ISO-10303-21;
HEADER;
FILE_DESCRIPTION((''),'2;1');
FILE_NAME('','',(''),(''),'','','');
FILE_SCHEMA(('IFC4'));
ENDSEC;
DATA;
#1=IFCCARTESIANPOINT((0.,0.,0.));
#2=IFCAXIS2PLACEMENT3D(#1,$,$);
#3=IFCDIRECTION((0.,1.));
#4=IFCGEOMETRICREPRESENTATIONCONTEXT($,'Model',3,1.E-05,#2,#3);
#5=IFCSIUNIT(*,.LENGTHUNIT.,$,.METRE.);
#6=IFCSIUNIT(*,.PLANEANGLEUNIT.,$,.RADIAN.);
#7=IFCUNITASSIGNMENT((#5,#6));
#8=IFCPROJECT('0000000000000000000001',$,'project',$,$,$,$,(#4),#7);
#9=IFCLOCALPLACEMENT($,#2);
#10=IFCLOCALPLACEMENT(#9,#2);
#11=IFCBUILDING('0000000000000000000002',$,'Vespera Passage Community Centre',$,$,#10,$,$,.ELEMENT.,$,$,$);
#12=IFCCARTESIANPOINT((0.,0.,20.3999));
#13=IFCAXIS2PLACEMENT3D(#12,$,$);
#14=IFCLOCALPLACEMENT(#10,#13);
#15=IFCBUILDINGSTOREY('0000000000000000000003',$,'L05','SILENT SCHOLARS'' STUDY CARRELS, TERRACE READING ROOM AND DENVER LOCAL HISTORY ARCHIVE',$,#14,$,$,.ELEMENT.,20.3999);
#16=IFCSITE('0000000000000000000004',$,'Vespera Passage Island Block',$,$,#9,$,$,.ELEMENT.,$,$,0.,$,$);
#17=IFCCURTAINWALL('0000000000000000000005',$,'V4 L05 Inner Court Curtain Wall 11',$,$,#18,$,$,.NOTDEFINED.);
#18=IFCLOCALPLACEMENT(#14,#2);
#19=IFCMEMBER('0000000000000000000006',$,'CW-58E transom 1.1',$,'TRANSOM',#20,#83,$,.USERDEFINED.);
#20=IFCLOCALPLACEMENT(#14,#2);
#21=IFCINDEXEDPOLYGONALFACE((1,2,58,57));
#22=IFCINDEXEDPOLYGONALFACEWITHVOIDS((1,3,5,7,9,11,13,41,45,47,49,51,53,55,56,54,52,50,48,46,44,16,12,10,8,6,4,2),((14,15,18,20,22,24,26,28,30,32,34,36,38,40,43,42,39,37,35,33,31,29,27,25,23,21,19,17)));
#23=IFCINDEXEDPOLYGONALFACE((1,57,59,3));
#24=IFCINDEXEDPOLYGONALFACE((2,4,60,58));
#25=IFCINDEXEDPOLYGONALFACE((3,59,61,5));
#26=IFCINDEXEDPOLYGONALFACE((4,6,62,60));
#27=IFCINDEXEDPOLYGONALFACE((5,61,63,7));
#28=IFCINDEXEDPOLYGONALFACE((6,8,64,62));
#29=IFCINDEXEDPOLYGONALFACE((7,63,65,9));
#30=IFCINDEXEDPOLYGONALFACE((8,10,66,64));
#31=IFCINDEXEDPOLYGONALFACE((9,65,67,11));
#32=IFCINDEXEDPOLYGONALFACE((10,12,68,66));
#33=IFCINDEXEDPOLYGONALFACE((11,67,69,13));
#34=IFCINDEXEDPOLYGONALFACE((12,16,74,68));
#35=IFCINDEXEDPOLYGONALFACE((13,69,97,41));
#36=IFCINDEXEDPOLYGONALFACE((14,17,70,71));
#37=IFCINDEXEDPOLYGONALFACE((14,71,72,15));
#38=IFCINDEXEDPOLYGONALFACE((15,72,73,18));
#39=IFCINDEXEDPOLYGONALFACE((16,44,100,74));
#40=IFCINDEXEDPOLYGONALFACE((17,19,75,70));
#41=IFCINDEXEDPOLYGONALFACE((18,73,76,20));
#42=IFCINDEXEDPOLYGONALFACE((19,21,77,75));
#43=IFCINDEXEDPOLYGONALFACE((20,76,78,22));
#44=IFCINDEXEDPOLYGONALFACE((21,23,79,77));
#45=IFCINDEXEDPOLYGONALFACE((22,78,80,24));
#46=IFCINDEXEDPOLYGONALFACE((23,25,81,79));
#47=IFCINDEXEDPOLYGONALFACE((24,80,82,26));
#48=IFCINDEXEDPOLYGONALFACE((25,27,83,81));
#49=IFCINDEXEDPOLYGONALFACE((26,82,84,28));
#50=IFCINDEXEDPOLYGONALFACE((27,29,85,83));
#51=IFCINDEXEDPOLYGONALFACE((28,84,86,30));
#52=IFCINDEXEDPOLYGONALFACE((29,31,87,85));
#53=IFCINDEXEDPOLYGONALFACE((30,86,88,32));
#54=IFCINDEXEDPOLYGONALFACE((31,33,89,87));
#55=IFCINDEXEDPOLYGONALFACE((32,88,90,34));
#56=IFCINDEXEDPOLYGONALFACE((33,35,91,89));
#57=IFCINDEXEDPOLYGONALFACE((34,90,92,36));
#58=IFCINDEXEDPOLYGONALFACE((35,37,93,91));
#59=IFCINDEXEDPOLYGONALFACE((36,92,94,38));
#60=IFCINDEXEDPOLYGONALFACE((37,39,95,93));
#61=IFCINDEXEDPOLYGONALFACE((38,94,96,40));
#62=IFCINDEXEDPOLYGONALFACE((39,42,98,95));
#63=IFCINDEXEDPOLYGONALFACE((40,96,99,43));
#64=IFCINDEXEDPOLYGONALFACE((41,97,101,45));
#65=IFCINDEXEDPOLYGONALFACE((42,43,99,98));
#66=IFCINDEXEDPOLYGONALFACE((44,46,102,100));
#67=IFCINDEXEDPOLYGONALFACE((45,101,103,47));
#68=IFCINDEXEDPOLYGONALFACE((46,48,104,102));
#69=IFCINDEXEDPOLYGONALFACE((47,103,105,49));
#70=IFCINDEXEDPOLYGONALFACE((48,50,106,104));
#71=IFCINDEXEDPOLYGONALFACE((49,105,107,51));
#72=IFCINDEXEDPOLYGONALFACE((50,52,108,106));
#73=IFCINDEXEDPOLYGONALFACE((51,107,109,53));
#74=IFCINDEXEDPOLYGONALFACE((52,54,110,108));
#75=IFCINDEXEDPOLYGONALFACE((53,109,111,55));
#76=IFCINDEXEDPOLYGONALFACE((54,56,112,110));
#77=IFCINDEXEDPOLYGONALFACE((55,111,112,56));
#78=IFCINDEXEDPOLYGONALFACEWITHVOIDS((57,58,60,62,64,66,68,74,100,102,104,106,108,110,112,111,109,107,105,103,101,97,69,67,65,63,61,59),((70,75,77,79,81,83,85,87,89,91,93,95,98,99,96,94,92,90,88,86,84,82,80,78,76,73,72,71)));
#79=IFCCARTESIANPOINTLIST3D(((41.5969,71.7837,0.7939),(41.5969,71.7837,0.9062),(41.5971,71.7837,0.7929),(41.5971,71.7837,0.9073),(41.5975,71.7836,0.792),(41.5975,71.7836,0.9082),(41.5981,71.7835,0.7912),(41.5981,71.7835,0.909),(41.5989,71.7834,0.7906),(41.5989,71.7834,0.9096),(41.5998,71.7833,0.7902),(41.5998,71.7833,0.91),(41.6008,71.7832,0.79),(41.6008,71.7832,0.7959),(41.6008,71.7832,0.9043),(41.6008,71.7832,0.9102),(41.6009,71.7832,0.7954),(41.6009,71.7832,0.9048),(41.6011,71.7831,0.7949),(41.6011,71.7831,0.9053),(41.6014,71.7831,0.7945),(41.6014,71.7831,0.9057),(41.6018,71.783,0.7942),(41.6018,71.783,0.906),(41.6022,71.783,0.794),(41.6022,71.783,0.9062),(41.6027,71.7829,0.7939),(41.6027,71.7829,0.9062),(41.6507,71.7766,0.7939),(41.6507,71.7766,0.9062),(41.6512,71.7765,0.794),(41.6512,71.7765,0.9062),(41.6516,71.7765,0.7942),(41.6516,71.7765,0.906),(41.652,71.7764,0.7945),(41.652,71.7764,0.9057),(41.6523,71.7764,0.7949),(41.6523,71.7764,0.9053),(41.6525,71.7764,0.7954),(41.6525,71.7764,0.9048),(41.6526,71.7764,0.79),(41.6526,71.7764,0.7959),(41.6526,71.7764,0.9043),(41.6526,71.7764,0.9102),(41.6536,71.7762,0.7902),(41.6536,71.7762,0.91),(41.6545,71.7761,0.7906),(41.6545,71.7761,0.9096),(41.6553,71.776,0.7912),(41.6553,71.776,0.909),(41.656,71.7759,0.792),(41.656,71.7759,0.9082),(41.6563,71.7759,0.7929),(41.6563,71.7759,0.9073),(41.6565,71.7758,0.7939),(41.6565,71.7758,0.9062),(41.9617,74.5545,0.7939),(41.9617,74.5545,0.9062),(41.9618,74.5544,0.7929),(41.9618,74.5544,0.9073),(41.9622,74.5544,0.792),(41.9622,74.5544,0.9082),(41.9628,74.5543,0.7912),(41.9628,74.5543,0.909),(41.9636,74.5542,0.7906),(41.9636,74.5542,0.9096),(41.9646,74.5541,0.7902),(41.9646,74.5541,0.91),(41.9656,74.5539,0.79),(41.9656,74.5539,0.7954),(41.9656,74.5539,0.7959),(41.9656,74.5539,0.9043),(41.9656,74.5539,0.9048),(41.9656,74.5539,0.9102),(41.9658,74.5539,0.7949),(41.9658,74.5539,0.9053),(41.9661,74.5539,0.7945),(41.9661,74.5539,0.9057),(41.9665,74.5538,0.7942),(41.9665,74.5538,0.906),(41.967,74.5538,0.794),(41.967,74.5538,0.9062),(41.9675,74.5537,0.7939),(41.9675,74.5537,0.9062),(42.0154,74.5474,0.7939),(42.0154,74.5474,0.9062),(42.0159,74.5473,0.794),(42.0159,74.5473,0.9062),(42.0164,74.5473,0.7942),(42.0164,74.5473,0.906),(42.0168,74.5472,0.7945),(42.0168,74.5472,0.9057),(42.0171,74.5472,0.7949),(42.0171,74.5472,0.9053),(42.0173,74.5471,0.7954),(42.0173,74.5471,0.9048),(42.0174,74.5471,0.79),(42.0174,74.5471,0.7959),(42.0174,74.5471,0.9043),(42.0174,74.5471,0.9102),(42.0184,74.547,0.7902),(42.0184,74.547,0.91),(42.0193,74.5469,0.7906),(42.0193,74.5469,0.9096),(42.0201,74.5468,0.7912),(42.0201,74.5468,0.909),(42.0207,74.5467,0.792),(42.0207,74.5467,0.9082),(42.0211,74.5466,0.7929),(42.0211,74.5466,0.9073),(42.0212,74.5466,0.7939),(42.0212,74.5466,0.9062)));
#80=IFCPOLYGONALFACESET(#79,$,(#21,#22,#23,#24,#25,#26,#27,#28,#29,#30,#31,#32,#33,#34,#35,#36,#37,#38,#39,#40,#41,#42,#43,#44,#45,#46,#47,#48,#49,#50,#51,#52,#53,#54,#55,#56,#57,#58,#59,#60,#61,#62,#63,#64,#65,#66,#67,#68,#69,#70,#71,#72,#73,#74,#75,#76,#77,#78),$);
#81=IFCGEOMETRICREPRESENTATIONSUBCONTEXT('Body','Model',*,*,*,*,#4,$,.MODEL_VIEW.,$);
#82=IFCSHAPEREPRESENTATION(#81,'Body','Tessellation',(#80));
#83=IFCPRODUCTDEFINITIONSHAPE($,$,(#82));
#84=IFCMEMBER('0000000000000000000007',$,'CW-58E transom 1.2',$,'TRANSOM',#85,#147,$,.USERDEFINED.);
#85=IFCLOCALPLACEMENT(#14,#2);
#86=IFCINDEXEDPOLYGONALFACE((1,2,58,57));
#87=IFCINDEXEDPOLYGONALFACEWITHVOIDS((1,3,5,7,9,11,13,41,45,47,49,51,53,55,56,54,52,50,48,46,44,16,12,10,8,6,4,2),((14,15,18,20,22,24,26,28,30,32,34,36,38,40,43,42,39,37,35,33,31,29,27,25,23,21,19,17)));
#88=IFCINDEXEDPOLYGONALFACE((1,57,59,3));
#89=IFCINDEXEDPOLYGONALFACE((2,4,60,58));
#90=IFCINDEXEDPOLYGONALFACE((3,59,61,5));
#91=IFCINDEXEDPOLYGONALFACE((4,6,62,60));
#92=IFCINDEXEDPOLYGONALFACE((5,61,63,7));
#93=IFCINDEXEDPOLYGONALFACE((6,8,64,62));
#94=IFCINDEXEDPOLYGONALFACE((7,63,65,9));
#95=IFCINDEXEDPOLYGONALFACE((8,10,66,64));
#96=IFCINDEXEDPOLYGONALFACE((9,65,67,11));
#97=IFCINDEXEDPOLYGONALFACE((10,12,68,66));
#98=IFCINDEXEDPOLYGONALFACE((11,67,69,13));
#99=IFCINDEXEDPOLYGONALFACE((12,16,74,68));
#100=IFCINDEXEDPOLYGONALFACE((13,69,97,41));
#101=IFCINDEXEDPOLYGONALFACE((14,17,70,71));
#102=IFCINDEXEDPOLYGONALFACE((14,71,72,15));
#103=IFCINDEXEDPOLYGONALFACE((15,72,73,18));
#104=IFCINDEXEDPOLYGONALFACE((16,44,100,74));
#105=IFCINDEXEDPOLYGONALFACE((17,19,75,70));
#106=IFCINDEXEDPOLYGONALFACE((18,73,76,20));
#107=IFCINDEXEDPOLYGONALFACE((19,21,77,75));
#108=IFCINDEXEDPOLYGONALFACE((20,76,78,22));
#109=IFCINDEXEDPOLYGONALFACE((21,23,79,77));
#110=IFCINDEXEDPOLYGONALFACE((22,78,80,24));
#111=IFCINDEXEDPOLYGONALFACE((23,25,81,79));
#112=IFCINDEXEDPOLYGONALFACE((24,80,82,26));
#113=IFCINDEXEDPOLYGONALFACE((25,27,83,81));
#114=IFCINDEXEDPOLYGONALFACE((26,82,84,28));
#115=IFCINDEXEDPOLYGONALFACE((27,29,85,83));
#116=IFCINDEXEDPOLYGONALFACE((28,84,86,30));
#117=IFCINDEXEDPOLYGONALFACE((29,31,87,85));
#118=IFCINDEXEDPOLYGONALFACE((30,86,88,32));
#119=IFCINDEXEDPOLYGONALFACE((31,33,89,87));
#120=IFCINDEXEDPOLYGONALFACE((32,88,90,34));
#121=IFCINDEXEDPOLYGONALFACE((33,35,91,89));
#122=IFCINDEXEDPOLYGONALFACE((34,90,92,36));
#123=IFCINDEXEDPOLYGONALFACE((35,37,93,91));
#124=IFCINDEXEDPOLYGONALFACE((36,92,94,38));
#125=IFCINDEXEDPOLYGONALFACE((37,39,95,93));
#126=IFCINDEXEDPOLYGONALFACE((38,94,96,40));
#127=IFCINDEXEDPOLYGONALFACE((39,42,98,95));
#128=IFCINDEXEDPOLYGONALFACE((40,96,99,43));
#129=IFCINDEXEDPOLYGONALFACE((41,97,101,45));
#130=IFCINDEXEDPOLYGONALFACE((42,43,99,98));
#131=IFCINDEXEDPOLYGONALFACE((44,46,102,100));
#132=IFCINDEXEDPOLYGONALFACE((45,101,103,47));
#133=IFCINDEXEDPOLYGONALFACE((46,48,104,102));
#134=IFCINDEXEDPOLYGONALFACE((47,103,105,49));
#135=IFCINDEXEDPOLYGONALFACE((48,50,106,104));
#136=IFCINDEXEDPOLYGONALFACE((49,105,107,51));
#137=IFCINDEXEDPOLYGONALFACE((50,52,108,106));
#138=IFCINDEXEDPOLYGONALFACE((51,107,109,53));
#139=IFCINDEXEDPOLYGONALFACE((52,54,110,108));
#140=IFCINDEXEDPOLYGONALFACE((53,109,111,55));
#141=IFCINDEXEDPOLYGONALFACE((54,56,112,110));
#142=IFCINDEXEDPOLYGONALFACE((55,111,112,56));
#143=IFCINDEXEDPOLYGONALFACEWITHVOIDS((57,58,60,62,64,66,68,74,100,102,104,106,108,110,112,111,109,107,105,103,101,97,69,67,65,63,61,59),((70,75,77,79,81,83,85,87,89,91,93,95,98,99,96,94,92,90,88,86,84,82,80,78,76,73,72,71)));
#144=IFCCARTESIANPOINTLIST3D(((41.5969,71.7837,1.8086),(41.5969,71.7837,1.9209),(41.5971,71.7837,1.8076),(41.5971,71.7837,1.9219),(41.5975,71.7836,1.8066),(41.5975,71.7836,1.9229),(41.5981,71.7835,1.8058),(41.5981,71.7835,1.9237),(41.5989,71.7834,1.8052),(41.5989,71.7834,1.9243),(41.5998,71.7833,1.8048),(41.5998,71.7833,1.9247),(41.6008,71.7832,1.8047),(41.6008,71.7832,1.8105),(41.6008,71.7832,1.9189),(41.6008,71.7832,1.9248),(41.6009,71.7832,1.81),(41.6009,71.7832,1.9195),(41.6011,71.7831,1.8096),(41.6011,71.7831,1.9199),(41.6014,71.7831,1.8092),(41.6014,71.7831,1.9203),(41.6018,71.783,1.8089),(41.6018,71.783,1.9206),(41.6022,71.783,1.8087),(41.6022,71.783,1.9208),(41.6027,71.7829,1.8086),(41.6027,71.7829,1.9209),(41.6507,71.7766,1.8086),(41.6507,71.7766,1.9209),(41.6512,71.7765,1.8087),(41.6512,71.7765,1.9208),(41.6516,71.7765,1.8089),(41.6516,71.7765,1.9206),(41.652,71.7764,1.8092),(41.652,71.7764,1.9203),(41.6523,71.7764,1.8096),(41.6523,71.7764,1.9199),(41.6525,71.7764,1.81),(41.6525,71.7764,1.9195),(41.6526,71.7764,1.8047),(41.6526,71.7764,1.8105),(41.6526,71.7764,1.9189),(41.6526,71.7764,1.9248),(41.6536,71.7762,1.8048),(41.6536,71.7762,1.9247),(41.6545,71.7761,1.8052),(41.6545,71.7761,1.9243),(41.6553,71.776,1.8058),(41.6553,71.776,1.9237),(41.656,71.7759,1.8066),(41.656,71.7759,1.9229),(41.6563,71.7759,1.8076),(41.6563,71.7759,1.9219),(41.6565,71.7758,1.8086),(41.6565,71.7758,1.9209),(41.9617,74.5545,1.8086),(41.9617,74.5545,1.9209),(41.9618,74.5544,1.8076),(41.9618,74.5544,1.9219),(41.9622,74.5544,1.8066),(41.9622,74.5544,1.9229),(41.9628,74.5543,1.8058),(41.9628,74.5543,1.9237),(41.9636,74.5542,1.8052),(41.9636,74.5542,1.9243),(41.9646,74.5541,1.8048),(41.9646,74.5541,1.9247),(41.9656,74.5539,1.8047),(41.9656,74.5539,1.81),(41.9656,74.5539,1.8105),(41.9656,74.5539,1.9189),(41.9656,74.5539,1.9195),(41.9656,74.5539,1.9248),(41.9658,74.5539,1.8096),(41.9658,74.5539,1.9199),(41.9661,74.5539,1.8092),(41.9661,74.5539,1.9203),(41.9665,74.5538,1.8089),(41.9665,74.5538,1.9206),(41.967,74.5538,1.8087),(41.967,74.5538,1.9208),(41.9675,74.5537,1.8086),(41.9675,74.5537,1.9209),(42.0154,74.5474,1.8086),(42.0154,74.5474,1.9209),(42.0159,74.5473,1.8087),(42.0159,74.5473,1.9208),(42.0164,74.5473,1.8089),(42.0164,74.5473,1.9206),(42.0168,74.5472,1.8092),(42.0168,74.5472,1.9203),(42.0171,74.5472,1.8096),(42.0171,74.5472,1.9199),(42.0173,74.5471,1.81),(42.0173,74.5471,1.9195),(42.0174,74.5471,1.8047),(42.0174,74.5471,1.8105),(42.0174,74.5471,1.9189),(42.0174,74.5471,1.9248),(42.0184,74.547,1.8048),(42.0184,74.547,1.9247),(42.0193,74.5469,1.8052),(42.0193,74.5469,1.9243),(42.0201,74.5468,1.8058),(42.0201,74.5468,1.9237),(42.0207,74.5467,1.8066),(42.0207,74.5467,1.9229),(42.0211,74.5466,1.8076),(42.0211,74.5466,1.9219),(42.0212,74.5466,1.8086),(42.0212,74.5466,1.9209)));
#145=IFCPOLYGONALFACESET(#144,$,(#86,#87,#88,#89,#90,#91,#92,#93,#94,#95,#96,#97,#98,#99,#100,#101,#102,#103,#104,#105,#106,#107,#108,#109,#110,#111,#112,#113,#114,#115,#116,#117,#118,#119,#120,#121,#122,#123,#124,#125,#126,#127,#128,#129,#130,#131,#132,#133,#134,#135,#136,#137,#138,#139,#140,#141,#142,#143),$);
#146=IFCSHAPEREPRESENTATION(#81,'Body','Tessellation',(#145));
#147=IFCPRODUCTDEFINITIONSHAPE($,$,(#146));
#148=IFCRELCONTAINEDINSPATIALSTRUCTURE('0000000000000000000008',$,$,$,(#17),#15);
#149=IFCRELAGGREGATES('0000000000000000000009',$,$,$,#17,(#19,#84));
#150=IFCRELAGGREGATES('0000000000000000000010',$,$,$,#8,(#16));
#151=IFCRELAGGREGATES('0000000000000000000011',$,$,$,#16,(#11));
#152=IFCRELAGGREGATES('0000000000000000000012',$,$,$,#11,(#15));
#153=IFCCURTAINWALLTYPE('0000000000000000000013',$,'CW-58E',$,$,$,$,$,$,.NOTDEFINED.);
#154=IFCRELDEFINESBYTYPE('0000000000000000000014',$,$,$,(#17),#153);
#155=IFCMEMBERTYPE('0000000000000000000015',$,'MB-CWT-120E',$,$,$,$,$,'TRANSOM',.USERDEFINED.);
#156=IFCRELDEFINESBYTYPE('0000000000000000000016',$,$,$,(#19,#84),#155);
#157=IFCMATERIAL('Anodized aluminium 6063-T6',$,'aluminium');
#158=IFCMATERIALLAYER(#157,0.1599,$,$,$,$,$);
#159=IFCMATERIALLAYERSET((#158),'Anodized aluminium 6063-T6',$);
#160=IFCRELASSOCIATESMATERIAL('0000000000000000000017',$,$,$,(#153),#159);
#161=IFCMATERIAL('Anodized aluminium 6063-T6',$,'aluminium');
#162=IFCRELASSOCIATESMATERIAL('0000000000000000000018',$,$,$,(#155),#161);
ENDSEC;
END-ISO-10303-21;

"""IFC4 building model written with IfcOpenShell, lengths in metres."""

from ifc_helpers import new_model, si_unit, direction, frame, origin, origin_2d, place, context, subcontext, project, spatial, hollow_rectangle, extrude, material, layer, layer_set, material_profile, profile_set, type_object, element, aggregate, save


model = new_model("IFC4")

# Units and contexts
model_context = context("Model", 3, precision=1e-05, world=origin(), true_north=direction((0.0, 1.0)))
body_context = subcontext(model_context, "Body", "Model", "MODEL_VIEW")
ifc_project = project(units=[si_unit("LENGTHUNIT", "METRE"), si_unit("PLANEANGLEUNIT", "RADIAN")], contexts=[model_context])

# Site, building, storey
site_placement = place(None, origin())
site = spatial("IfcSite", under=ifc_project, at=site_placement, Name="Vespera Passage Island Block", CompositionType="ELEMENT", RefElevation=0.0)
building_placement = place(site_placement, origin())
building = spatial("IfcBuilding", under=site, at=building_placement, Name="Vespera Passage Community Centre", CompositionType="ELEMENT")
storey_placement = place(building_placement, frame((0.0, 0.0, 20.3999)))
storey = spatial("IfcBuildingStorey", under=building, at=storey_placement, Name="L05", Description="SILENT SCHOLARS' STUDY CARRELS, TERRACE READING ROOM AND DENVER LOCAL HISTORY ARCHIVE", CompositionType="ELEMENT", Elevation=20.3999)

# Curtain wall
ifc_material_1 = material(Name="Anodized aluminium 6063-T6", Category="aluminium")
ifc_layer_1 = layer(ifc_material_1, 0.1599)
ifc_layer_set_1 = layer_set([ifc_layer_1], Name="Anodized aluminium 6063-T6")
curtain_wall_type_1 = type_object("IfcCurtainWallType", Name="CW-58E", PredefinedType="NOTDEFINED", material=ifc_layer_set_1)
curtain_wall_1_placement = place(storey_placement, origin())
curtain_wall_1 = element("IfcCurtainWall", 1, at=curtain_wall_1_placement, inside=storey, type_object=curtain_wall_type_1, Name="V4 L05 Inner Court Curtain Wall 11", PredefinedType="NOTDEFINED")

# Members
ifc_material_2 = material(Name="Anodized aluminium 6063-T6", Category="aluminium")
ifc_material_profile_1 = material_profile(ifc_material_2, hollow_rectangle(XDim=0.0601, YDim=0.1201, WallThickness=0.0039, InnerFilletRadius=0.002, OuterFilletRadius=0.0039, at=origin_2d()), Name="ALU120X60X4")
ifc_profile_set_1 = profile_set([ifc_material_profile_1], Name="Anodized aluminium 6063-T6")
member_type_1 = type_object("IfcMemberType", Name="MB-CWT-120E", ElementType="TRANSOM", PredefinedType="USERDEFINED", material=ifc_profile_set_1)
member_1_placement = place(storey_placement, frame((41.9915, 74.5505, 0.8501), z_axis=(-0.130516, -0.991446, 0.0), x_axis=(0.991446, -0.130516, 0.0)))
member_1 = element("IfcMember", 2, at=member_1_placement, type_object=member_type_1, Name="CW-58E transom 1.1", ObjectType="TRANSOM", PredefinedType="USERDEFINED", context=body_context, shape_type="SweptSolid", body=[
    extrude(hollow_rectangle(XDim=0.0601, YDim=0.1201, WallThickness=0.0039, InnerFilletRadius=0.002, OuterFilletRadius=0.0039, at=origin_2d()), origin(), (0.0, 0.0, 1.0), 2.7947),
])
member_2_placement = place(storey_placement, frame((41.9915, 74.5505, 1.8647), z_axis=(-0.130516, -0.991446, 0.0), x_axis=(0.991446, -0.130516, 0.0)))
member_2 = element("IfcMember", 3, at=member_2_placement, type_object=member_type_1, Name="CW-58E transom 1.2", ObjectType="TRANSOM", PredefinedType="USERDEFINED", context=body_context, shape_type="SweptSolid", body=[
    extrude(hollow_rectangle(XDim=0.0601, YDim=0.1201, WallThickness=0.0039, InnerFilletRadius=0.002, OuterFilletRadius=0.0039, at=origin_2d()), origin(), (0.0, 0.0, 1.0), 2.7947),
])

aggregate(curtain_wall_1, [member_1, member_2])

save(model, "model.ifc")
